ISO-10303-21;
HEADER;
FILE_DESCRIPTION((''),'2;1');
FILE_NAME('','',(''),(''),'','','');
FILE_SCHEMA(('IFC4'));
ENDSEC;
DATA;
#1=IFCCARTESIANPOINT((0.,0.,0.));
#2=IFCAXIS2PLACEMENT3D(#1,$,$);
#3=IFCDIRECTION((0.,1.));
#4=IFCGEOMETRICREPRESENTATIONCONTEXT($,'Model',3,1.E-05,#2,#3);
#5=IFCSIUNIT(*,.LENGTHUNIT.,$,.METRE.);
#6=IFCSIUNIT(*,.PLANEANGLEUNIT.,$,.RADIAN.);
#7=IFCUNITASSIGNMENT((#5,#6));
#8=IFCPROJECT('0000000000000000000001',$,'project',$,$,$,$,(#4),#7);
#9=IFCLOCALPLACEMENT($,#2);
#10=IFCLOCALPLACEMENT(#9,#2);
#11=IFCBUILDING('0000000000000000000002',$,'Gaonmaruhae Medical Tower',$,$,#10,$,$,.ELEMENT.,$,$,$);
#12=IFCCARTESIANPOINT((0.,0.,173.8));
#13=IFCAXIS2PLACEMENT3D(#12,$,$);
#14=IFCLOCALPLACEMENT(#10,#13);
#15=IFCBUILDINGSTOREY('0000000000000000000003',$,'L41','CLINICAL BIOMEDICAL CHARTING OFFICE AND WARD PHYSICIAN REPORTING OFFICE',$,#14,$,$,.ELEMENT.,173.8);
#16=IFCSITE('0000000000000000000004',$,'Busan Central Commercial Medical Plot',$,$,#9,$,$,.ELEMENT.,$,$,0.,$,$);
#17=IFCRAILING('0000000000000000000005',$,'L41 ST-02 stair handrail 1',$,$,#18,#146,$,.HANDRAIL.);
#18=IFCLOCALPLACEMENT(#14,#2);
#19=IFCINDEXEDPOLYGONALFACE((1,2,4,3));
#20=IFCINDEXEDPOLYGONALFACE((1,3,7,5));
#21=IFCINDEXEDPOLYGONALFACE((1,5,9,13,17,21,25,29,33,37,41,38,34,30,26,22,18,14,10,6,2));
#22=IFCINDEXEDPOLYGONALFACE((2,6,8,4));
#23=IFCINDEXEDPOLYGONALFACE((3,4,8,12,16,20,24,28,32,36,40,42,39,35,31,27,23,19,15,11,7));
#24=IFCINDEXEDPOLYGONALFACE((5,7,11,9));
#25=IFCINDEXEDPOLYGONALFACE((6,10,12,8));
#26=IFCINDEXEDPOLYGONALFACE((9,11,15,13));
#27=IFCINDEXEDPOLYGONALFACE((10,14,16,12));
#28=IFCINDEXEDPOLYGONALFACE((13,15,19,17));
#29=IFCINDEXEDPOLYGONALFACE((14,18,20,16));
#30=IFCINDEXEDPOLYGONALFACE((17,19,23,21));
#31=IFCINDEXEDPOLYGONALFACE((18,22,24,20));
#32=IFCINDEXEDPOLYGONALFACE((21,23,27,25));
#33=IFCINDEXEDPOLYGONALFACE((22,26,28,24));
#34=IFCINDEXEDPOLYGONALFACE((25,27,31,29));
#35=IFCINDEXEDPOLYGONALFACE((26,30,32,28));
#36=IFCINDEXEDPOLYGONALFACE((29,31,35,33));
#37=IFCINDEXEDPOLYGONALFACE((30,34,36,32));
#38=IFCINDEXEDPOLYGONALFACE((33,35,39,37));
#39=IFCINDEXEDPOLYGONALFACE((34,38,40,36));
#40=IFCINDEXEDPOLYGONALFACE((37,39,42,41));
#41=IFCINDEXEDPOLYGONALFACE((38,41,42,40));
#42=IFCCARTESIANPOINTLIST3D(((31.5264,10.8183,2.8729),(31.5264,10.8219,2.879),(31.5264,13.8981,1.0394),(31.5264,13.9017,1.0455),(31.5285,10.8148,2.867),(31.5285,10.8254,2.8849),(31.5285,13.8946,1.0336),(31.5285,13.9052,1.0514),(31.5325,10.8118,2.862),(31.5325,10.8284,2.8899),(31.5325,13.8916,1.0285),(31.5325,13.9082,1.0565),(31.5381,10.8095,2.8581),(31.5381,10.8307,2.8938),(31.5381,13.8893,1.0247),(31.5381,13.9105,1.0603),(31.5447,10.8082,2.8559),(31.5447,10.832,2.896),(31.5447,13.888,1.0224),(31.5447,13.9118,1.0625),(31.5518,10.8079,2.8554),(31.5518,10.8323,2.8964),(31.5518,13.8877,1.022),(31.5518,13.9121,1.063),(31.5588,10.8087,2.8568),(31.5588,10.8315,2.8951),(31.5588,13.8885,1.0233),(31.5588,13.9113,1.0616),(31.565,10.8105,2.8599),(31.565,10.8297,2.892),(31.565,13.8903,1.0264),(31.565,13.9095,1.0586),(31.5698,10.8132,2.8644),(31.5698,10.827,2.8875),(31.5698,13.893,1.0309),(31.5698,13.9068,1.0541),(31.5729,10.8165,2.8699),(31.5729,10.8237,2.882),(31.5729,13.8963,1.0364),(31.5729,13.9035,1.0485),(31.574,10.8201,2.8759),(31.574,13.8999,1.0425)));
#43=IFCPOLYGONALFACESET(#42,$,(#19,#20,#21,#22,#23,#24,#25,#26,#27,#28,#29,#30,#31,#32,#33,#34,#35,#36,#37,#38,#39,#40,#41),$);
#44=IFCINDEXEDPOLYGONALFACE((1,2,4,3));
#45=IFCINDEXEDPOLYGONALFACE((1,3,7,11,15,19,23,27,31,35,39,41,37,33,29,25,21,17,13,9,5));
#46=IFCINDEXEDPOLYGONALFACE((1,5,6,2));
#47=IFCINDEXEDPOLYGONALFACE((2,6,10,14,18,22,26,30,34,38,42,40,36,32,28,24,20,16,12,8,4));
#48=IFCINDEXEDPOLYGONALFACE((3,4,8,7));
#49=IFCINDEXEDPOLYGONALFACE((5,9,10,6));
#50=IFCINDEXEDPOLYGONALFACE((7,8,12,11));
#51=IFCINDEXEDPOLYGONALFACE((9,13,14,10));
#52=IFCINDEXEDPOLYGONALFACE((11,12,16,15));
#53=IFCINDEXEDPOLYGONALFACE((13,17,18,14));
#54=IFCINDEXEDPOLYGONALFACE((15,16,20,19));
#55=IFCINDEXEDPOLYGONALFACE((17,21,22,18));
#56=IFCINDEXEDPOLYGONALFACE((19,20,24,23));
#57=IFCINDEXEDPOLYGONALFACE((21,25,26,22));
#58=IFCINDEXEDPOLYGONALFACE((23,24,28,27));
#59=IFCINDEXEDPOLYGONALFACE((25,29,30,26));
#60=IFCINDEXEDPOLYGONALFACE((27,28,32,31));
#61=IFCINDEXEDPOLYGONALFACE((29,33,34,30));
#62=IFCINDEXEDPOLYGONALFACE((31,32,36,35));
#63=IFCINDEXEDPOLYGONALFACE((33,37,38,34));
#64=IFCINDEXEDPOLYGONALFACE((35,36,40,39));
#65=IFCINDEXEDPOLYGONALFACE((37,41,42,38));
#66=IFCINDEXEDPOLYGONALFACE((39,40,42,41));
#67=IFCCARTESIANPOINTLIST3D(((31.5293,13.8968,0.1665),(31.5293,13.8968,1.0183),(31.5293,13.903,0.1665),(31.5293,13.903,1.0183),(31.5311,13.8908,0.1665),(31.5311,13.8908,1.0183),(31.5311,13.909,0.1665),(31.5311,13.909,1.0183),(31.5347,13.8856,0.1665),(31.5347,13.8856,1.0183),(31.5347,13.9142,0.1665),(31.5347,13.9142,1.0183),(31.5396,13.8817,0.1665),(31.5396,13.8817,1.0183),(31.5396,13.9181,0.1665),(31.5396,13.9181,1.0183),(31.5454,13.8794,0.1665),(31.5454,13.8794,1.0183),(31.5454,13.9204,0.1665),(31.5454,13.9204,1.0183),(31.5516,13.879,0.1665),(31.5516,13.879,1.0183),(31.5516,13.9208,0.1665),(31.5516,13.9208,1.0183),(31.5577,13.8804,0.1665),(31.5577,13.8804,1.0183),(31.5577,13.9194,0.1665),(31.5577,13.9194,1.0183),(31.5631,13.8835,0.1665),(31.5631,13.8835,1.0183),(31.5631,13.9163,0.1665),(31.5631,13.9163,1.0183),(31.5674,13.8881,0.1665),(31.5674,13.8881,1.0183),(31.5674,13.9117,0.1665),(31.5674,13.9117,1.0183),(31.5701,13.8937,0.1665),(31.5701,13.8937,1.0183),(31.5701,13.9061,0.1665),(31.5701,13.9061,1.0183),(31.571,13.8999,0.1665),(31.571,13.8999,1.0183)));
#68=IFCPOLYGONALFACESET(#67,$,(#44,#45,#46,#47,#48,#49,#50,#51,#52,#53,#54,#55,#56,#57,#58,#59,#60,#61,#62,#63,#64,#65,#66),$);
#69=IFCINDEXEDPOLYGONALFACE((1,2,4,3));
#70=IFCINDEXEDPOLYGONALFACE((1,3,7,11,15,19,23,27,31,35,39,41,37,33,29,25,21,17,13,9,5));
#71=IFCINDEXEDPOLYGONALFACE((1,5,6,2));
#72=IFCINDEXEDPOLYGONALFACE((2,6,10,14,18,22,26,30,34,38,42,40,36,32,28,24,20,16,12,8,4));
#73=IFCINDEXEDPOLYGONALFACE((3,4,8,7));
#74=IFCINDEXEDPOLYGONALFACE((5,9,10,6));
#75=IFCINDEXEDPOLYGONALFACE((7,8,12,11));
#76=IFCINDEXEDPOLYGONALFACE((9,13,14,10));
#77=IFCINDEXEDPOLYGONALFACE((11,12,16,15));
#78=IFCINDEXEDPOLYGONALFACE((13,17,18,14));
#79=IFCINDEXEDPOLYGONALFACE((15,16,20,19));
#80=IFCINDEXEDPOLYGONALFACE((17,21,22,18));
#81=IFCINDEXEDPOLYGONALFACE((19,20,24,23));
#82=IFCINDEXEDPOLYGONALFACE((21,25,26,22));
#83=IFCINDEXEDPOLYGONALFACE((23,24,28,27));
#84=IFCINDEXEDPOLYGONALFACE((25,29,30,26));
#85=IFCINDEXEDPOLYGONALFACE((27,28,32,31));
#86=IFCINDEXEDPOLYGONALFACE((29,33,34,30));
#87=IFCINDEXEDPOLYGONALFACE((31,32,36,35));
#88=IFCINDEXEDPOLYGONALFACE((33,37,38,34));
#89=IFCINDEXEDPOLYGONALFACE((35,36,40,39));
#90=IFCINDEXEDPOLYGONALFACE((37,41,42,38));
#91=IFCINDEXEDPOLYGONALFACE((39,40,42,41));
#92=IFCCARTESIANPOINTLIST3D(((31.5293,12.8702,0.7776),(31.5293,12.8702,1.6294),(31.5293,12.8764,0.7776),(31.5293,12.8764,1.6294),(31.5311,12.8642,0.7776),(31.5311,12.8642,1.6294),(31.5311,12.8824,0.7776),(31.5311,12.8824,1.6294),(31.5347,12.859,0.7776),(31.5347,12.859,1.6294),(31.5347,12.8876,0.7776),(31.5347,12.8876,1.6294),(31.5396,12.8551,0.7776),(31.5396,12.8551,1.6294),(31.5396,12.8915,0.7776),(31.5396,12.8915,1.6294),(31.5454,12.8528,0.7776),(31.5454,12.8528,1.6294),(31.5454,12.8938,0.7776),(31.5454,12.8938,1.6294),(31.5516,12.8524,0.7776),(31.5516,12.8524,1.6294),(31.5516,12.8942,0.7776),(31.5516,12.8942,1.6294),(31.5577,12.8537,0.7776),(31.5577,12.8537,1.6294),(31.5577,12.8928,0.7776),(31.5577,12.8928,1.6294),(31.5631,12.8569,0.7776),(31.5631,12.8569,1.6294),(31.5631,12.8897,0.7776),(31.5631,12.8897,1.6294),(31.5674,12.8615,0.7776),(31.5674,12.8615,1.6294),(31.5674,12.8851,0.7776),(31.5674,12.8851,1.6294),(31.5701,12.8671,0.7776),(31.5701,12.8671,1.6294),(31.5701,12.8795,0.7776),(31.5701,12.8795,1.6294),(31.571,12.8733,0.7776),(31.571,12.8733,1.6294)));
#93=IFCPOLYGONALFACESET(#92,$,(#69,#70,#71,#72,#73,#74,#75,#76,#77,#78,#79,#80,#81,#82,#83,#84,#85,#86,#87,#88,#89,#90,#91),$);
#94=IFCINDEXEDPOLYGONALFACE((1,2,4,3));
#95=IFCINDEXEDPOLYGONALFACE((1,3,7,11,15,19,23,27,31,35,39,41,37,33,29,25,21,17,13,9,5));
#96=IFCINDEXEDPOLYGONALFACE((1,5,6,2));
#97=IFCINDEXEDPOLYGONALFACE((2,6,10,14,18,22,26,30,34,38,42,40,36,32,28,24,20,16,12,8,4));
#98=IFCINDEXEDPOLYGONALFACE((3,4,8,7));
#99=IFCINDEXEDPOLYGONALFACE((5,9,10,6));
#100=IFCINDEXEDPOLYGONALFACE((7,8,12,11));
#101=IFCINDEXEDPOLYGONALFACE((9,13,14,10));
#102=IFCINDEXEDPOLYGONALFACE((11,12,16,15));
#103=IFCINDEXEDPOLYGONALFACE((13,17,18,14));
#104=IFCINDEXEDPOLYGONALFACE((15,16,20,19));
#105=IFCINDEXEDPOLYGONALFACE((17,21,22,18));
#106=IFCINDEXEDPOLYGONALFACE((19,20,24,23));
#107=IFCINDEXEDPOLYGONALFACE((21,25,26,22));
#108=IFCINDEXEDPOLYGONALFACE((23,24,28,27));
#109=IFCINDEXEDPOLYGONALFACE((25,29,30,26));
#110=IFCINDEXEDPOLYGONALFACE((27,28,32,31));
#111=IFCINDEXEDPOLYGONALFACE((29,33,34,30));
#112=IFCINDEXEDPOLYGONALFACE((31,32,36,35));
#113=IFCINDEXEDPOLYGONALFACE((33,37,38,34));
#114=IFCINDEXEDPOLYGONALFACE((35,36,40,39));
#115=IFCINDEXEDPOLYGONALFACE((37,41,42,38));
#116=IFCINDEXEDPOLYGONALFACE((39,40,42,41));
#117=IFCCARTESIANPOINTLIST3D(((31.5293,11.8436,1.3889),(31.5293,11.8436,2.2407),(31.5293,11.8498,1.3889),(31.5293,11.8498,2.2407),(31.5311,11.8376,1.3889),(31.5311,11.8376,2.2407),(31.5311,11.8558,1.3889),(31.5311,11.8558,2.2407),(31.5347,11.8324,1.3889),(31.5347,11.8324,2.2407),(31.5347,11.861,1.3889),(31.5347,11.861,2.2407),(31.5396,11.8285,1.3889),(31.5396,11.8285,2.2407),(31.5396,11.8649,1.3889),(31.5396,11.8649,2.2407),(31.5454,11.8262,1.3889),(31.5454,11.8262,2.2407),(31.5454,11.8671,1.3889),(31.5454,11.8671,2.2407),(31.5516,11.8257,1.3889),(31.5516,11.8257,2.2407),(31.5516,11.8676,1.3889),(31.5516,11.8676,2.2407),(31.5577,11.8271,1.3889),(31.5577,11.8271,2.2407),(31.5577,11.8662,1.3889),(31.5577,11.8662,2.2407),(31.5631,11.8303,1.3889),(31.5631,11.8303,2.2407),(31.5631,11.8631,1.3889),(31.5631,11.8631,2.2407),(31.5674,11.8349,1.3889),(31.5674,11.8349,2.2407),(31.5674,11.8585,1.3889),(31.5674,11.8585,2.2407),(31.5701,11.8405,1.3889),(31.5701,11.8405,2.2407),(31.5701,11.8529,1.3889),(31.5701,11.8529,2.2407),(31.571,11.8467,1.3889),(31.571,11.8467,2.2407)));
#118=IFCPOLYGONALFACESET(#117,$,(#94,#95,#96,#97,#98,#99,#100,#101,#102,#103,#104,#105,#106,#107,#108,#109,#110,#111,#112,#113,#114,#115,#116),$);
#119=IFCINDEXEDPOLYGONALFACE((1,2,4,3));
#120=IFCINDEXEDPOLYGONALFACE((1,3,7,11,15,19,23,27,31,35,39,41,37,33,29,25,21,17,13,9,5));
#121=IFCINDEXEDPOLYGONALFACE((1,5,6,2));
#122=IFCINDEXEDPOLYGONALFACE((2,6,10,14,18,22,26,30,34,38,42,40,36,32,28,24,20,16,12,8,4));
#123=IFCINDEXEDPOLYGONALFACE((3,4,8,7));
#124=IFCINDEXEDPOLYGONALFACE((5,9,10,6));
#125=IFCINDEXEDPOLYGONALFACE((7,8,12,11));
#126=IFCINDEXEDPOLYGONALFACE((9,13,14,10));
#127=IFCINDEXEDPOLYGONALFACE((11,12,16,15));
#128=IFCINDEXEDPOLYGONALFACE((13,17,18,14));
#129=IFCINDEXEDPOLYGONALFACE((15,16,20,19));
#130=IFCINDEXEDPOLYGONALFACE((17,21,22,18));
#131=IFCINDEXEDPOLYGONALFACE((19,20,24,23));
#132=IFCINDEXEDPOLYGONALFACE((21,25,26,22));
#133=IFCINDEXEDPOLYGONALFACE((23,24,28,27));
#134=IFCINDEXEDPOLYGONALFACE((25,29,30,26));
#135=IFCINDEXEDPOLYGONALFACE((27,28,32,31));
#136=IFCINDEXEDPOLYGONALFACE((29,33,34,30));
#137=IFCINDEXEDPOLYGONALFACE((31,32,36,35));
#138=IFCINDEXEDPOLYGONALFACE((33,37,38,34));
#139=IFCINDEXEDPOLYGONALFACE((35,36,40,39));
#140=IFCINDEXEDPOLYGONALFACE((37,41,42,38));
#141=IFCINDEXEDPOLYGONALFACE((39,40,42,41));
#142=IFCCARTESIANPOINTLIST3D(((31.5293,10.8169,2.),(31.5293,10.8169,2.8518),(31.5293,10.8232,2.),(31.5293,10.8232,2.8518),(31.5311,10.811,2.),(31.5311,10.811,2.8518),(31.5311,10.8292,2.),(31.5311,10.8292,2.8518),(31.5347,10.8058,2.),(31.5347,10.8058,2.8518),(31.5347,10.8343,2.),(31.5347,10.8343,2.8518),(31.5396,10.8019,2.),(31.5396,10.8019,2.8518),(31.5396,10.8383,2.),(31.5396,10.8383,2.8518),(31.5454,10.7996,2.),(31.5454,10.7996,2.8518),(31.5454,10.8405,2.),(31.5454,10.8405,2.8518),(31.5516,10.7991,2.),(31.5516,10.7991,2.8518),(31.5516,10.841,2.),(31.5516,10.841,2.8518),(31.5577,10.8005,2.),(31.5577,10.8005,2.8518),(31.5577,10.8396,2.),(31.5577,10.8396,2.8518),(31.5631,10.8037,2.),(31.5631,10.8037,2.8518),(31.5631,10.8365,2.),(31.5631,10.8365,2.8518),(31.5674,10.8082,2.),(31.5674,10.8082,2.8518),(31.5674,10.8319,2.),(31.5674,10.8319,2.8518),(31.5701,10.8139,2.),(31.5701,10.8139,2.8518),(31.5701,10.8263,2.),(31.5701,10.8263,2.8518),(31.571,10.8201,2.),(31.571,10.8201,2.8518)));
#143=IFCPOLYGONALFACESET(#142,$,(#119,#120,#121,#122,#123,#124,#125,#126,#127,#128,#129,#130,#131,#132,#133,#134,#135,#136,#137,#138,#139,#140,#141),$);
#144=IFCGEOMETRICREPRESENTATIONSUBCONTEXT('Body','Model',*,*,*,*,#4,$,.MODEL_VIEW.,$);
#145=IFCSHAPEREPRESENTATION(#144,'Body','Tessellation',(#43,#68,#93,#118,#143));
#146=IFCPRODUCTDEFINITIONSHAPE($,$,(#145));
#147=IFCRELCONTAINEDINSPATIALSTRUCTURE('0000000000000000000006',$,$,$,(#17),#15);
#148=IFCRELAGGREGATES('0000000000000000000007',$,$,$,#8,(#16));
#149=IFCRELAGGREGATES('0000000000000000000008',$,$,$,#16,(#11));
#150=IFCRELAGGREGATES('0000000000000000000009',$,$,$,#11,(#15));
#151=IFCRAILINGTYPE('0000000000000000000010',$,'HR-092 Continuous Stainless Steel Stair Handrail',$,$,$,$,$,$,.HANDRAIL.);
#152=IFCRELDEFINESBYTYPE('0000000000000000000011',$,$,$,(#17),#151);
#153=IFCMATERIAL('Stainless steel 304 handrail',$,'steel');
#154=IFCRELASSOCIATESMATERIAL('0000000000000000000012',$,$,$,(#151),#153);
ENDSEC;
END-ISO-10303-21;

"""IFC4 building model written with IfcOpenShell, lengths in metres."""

from ifc_helpers import new_model, si_unit, direction, frame, origin, origin_2d, place, context, subcontext, project, spatial, circle, extrude, material, type_object, element, save


model = new_model("IFC4")

# Units and contexts
model_context = context("Model", 3, precision=1e-05, world=origin(), true_north=direction((0.0, 1.0)))
body_context = subcontext(model_context, "Body", "Model", "MODEL_VIEW")
ifc_project = project(units=[si_unit("LENGTHUNIT", "METRE"), si_unit("PLANEANGLEUNIT", "RADIAN")], contexts=[model_context])

# Site, building, storey
site_placement = place(None, origin())
site = spatial("IfcSite", under=ifc_project, at=site_placement, Name="Busan Central Commercial Medical Plot", CompositionType="ELEMENT", RefElevation=0.0)
building_placement = place(site_placement, origin())
building = spatial("IfcBuilding", under=site, at=building_placement, Name="Gaonmaruhae Medical Tower", CompositionType="ELEMENT")
storey_placement = place(building_placement, frame((0.0, 0.0, 173.8)))
storey = spatial("IfcBuildingStorey", under=building, at=storey_placement, Name="L41", Description="CLINICAL BIOMEDICAL CHARTING OFFICE AND WARD PHYSICIAN REPORTING OFFICE", CompositionType="ELEMENT", Elevation=173.8)

# Railing
ifc_material_1 = material(Name="Stainless steel 304 handrail", Category="steel")
railing_type_1 = type_object("IfcRailingType", Name="HR-092 Continuous Stainless Steel Stair Handrail", PredefinedType="HANDRAIL", material=ifc_material_1)
railing_1_placement = place(storey_placement, frame((31.55, 13.8999, 0.1665)))
element("IfcRailing", 1, at=railing_1_placement, inside=storey, type_object=railing_type_1, Name="L41 ST-02 stair handrail 1", PredefinedType="HANDRAIL", context=body_context, shape_type="SweptSolid", body=[
    extrude(circle(Radius=0.0239, at=origin_2d()), frame((0.0, 0.0, 0.876), z_axis=(0.0, -0.859261, 0.511538), x_axis=(1.0, 0.0, 0.0)), (0.0, 0.0, 1.0), 3.5842),
    extrude(circle(Radius=0.021, at=origin_2d()), origin(), (0.0, 0.0, 1.0), 0.8518),
    extrude(circle(Radius=0.021, at=origin_2d()), frame((0.0, -1.0266, 0.6111)), (0.0, 0.0, 1.0), 0.8518),
    extrude(circle(Radius=0.021, at=origin_2d()), frame((0.0, -2.0532, 1.2224)), (0.0, 0.0, 1.0), 0.8518),
    extrude(circle(Radius=0.021, at=origin_2d()), frame((0.0, -3.0798, 1.8335)), (0.0, 0.0, 1.0), 0.8518),
])

save(model, "model.ifc")
